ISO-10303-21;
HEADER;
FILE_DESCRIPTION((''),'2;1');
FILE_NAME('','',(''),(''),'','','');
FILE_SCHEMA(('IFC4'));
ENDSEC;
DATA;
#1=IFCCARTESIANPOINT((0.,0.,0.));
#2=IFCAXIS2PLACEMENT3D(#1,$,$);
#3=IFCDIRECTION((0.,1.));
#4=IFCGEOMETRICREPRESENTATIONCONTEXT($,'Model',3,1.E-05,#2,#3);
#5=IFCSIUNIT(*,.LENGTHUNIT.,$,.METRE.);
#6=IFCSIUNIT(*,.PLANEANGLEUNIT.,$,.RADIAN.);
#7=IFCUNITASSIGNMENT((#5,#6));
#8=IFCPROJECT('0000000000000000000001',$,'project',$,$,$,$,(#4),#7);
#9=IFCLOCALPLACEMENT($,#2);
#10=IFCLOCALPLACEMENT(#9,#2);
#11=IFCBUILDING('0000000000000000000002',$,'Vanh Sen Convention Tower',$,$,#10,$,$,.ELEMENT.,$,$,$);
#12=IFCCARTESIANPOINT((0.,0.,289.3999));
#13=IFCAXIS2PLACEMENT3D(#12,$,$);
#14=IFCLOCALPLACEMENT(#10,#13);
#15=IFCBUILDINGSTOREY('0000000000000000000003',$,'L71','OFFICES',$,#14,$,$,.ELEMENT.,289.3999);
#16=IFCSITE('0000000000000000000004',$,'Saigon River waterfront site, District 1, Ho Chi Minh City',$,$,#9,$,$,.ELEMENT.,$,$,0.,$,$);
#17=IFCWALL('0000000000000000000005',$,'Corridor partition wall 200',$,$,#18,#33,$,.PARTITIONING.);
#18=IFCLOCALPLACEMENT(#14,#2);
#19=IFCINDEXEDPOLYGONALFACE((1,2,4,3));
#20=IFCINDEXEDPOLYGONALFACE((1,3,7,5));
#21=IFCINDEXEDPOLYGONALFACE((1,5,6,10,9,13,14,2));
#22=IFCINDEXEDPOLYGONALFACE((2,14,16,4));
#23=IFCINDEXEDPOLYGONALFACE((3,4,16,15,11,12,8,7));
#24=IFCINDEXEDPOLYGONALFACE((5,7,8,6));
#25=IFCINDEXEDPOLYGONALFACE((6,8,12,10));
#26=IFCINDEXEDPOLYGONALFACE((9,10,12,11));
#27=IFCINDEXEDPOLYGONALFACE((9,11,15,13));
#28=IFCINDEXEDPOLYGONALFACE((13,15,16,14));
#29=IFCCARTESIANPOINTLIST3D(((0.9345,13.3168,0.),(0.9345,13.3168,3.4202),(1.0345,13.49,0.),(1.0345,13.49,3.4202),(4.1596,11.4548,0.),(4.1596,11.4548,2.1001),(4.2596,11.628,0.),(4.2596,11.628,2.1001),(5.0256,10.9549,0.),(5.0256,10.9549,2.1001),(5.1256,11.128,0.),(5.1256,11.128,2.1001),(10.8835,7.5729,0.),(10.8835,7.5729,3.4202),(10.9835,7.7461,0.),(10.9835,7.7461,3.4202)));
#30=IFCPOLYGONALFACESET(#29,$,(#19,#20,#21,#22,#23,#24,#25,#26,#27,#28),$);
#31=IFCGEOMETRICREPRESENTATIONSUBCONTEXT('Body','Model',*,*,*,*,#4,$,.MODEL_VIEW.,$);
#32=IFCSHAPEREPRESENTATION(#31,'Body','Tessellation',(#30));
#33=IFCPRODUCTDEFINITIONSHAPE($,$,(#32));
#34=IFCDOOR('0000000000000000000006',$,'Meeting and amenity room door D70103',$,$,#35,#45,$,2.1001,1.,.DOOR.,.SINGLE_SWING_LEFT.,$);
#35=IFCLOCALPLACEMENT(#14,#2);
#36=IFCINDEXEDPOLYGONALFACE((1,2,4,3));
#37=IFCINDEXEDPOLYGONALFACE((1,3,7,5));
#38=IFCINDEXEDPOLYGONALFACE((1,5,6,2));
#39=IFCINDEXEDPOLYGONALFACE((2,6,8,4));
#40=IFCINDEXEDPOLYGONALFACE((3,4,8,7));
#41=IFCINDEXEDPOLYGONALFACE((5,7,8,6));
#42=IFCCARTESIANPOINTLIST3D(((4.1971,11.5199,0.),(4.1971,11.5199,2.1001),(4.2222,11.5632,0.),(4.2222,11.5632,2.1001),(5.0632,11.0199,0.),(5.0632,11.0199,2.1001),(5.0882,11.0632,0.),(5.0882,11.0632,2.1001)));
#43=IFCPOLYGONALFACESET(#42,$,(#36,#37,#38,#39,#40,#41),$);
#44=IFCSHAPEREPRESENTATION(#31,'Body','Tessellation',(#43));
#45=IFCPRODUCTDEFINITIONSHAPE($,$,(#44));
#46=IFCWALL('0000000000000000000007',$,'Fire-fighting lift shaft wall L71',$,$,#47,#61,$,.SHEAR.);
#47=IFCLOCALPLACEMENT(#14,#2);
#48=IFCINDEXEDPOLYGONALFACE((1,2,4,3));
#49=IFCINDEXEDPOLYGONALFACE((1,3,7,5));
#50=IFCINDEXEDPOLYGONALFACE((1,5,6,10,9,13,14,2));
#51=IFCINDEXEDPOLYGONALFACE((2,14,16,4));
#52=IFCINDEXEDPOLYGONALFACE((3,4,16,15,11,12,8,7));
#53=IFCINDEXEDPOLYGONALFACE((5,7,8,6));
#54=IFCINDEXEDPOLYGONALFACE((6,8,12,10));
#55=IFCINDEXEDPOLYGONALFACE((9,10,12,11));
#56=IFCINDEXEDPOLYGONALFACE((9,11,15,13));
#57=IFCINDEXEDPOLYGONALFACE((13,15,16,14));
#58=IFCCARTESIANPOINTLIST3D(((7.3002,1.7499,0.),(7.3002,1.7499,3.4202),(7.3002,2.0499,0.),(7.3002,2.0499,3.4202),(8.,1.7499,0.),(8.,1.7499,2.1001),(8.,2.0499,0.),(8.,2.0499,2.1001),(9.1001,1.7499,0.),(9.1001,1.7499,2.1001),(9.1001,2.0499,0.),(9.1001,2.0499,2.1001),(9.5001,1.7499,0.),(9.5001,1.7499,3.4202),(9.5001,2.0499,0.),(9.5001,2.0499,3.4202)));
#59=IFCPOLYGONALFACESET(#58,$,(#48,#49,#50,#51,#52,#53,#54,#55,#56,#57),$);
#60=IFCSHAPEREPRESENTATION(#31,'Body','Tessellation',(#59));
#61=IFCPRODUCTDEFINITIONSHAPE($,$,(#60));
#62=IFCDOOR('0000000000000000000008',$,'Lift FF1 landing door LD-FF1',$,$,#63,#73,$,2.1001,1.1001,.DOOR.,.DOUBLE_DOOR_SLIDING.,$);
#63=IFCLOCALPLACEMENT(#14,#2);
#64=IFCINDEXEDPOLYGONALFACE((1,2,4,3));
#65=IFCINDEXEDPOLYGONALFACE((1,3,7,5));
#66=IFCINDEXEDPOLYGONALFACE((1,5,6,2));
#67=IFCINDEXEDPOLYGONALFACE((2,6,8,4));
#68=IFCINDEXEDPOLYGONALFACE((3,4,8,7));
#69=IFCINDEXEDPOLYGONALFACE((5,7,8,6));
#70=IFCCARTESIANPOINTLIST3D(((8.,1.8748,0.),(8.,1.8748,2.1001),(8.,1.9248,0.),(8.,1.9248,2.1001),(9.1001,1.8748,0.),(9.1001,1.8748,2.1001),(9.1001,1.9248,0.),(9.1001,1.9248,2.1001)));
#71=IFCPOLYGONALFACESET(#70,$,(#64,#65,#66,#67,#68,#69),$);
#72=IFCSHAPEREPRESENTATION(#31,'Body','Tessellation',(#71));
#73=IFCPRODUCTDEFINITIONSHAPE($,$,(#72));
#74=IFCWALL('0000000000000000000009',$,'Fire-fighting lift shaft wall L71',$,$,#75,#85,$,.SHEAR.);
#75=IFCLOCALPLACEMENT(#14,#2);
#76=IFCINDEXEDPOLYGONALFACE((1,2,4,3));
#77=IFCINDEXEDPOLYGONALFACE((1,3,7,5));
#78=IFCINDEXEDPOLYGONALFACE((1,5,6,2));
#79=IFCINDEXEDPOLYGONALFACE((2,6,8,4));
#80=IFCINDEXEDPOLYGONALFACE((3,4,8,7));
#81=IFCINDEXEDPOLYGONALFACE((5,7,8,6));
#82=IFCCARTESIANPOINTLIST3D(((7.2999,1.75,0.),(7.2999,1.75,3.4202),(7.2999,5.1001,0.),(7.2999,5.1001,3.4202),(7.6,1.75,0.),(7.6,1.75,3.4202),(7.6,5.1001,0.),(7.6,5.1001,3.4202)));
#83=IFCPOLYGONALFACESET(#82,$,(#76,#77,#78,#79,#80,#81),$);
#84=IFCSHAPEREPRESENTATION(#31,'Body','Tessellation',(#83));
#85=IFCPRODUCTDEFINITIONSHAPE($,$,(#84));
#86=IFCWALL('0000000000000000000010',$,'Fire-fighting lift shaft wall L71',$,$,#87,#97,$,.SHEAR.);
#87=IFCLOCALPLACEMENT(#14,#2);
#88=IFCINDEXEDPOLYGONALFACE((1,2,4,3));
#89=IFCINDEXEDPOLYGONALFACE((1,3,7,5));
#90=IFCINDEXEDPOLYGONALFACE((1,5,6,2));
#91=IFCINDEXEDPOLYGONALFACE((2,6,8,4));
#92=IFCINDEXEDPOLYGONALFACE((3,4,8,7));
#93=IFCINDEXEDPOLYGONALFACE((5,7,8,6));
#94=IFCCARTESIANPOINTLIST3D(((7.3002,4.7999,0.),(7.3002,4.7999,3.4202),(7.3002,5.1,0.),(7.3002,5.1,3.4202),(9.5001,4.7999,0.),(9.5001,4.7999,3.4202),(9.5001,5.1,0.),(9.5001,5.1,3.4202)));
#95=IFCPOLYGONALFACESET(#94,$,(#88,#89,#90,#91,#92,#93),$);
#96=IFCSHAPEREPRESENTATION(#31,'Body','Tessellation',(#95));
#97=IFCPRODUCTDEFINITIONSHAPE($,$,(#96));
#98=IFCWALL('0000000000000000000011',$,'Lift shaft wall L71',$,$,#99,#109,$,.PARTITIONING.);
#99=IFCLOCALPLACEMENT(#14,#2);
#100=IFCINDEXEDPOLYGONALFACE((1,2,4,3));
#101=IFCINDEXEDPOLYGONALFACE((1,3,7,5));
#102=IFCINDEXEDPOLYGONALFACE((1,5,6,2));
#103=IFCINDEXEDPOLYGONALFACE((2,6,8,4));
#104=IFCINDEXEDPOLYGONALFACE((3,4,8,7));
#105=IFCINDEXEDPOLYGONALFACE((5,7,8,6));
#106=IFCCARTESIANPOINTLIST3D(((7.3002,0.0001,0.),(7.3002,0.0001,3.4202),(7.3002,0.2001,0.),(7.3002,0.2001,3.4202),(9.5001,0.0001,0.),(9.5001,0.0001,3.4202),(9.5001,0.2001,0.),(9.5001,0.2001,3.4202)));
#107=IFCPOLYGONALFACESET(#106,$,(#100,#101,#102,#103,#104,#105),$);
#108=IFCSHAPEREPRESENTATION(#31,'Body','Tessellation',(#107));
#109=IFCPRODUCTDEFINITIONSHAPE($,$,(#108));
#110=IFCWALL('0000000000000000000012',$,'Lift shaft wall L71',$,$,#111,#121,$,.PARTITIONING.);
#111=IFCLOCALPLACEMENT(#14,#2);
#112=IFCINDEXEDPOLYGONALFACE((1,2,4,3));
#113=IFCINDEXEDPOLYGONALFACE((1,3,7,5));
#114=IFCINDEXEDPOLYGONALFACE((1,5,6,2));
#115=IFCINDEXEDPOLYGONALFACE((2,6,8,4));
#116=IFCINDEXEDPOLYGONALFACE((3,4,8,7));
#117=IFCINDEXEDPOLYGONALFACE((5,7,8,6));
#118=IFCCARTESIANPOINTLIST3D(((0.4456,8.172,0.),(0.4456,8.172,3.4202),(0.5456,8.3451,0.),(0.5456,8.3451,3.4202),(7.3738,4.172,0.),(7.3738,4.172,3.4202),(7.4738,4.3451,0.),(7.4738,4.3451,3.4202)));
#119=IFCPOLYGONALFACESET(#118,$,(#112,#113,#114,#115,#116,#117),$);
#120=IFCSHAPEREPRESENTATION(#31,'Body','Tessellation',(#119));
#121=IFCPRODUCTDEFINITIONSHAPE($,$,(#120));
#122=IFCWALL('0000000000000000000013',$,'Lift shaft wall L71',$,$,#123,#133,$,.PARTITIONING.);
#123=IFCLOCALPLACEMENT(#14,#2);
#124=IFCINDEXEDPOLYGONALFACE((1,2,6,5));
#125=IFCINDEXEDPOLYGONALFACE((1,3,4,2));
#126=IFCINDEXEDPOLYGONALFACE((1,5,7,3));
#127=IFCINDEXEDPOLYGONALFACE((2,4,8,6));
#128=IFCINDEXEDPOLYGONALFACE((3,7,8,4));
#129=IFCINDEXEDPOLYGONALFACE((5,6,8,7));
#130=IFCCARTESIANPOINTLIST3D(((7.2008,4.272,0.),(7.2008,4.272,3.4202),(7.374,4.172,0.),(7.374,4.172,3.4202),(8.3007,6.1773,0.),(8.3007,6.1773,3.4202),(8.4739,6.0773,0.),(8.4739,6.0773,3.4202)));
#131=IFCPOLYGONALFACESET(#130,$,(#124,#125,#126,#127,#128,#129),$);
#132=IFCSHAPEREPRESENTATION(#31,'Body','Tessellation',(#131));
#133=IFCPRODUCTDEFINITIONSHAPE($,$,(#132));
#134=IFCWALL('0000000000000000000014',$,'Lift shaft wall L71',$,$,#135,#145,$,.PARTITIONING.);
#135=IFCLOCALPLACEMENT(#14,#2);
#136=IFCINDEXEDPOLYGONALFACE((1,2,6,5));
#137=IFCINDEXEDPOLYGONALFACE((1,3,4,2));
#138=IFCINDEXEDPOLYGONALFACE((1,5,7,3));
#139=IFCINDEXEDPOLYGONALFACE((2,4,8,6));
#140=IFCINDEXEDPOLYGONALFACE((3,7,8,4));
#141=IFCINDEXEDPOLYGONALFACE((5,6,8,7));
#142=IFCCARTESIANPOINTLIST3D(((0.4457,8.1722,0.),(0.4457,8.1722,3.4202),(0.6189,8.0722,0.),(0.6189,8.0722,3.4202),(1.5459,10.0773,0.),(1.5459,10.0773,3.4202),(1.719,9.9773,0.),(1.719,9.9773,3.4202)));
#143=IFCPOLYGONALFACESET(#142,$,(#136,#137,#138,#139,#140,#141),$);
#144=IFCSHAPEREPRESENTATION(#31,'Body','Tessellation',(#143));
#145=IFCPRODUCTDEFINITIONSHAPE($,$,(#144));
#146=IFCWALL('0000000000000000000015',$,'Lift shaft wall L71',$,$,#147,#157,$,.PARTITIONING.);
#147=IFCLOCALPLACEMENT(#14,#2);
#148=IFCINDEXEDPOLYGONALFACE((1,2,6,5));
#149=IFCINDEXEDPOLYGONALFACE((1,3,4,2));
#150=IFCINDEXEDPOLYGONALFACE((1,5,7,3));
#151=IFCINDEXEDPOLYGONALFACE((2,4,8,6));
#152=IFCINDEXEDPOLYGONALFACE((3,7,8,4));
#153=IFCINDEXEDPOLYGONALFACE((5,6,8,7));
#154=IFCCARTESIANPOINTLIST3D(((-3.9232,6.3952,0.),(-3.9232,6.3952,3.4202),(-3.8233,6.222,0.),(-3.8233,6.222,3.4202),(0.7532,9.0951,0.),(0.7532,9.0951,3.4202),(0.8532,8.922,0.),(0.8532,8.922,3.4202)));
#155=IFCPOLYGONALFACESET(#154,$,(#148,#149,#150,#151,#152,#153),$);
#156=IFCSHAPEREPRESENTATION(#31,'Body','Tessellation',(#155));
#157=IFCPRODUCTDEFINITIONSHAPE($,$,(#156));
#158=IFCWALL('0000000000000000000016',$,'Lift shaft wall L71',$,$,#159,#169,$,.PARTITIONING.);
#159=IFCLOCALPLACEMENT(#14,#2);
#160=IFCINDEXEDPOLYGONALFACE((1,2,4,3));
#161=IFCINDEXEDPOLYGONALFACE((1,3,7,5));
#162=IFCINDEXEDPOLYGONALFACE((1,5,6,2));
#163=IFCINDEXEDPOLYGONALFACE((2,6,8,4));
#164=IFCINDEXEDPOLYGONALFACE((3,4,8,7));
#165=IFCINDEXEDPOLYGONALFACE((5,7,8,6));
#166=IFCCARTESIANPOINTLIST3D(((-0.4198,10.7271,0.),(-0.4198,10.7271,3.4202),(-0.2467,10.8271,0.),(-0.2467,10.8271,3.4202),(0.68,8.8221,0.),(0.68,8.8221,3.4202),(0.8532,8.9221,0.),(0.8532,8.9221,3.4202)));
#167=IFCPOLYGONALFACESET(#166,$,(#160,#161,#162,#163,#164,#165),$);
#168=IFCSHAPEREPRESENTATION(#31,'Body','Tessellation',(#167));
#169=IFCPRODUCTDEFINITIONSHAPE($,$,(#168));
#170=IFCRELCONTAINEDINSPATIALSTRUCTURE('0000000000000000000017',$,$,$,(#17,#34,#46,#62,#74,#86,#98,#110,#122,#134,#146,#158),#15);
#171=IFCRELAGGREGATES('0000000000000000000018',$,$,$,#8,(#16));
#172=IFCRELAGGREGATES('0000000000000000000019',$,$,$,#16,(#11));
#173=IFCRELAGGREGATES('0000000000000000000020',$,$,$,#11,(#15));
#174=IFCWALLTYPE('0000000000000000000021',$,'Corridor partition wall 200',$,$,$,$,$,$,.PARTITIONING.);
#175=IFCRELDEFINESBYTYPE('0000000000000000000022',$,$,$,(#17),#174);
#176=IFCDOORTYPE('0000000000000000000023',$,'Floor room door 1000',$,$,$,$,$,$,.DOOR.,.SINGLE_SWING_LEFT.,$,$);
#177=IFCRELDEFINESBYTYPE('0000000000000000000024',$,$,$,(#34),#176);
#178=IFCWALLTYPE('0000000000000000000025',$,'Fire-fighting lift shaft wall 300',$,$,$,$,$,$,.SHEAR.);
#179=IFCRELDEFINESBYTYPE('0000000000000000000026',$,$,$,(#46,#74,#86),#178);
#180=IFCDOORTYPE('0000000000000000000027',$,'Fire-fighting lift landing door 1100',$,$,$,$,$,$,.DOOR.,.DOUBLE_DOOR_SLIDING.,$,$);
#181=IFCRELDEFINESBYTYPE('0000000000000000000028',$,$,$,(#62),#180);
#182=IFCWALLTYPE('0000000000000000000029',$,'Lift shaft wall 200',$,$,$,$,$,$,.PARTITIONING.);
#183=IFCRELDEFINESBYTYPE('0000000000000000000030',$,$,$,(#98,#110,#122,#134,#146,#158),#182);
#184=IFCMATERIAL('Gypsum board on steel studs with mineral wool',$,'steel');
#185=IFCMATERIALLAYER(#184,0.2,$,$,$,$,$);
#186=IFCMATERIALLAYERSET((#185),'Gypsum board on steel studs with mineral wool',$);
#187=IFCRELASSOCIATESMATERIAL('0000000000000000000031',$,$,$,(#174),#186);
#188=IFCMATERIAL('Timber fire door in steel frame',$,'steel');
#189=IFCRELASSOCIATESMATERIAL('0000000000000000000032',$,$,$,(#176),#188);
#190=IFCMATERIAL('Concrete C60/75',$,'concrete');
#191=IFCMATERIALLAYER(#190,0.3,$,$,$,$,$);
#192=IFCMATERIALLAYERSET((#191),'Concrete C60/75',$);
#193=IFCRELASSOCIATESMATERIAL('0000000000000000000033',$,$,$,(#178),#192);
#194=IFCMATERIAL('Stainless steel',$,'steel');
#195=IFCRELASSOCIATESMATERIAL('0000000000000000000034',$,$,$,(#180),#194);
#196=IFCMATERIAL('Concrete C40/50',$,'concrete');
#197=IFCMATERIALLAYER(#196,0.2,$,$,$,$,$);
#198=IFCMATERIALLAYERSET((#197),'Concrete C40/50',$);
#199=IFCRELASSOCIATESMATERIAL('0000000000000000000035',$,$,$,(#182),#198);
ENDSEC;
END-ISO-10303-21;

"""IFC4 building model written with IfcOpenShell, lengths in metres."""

from ifc_helpers import new_model, si_unit, direction, frame, frame_2d, origin, place, context, subcontext, project, spatial, rectangle, extrude, material, layer, layer_set, type_object, element, fill, save


model = new_model("IFC4")

# Units and contexts
model_context = context("Model", 3, precision=1e-05, world=origin(), true_north=direction((0.0, 1.0)))
body_context = subcontext(model_context, "Body", "Model", "MODEL_VIEW")
ifc_project = project(units=[si_unit("LENGTHUNIT", "METRE"), si_unit("PLANEANGLEUNIT", "RADIAN")], contexts=[model_context])

# Site, building, storey
site_placement = place(None, origin())
site = spatial("IfcSite", under=ifc_project, at=site_placement, Name="Saigon River waterfront site, District 1, Ho Chi Minh City", CompositionType="ELEMENT", RefElevation=0.0)
building_placement = place(site_placement, origin())
building = spatial("IfcBuilding", under=site, at=building_placement, Name="Vanh Sen Convention Tower", CompositionType="ELEMENT")
storey_placement = place(building_placement, frame((0.0, 0.0, 289.3999)))
storey = spatial("IfcBuildingStorey", under=building, at=storey_placement, Name="L71", Description="OFFICES", CompositionType="ELEMENT", Elevation=289.3999)

# Shared definitions
ifc_material_1 = material(Name="Concrete C40/50", Category="concrete")

# Walls, openings, doors
ifc_material_2 = material(Name="Concrete C60/75", Category="concrete")
ifc_material_3 = material(Name="Gypsum board on steel studs with mineral wool", Category="steel")
ifc_layer_1 = layer(ifc_material_3, 0.2)
ifc_layer_set_1 = layer_set([ifc_layer_1], Name="Gypsum board on steel studs with mineral wool")
wall_type_1 = type_object("IfcWallType", Name="Corridor partition wall 200", PredefinedType="PARTITIONING", material=ifc_layer_set_1)
wall_1_placement = place(storey_placement, frame((10.9336, 7.6594, 0.0), z_axis=(0.0, 0.0, 1.0), x_axis=(-0.866031, 0.49999, 0.0)))
wall_1 = element("IfcWall", 1, at=wall_1_placement, inside=storey, type_object=wall_type_1, Name="Corridor partition wall 200", PredefinedType="PARTITIONING", context=body_context, shape_type="SweptSolid", body=[
    extrude(rectangle(XDim=11.488, YDim=0.2, at=frame_2d((5.7441, 0.0))), origin(), (0.0, 0.0, 1.0), 3.4202),
])
opening_1_placement = place(wall_1_placement, frame((6.7642, 0.0, 0.0)))
opening_1 = element("IfcOpeningElement", 2, at=opening_1_placement, cuts=wall_1, PredefinedType="OPENING", context=body_context, shape_type="SweptSolid", body=[
    extrude(rectangle(XDim=1.0, YDim=2.1001, at=frame_2d((0.5, 1.05))), frame((0.0, 0.1099, 0.0), z_axis=(0.0, -1.0, 0.0), x_axis=(1.0, 0.0, 0.0)), (0.0, 0.0, 1.0), 0.22),
])
ifc_material_4 = material(Name="Timber fire door in steel frame", Category="steel")
door_type_1 = type_object("IfcDoorType", Name="Floor room door 1000", OperationType="SINGLE_SWING_LEFT", PredefinedType="DOOR", material=ifc_material_4)
door_1_placement = place(opening_1_placement, origin())
door_1 = element("IfcDoor", 3, at=door_1_placement, inside=storey, type_object=door_type_1, Name="Meeting and amenity room door D70103", OperationType="SINGLE_SWING_LEFT", OverallHeight=2.1001, OverallWidth=1.0, PredefinedType="DOOR", context=body_context, shape_type="SweptSolid", body=[
    extrude(rectangle(XDim=1.0, YDim=2.1001, at=frame_2d((0.5, 1.05))), frame((0.0, 0.0249, 0.0), z_axis=(0.0, -1.0, 0.0), x_axis=(1.0, 0.0, 0.0)), (0.0, 0.0, 1.0), 0.05),
])
fill(opening_1, door_1)
ifc_layer_2 = layer(ifc_material_2, 0.3)
ifc_layer_set_2 = layer_set([ifc_layer_2], Name="Concrete C60/75")
wall_type_2 = type_object("IfcWallType", Name="Fire-fighting lift shaft wall 300", PredefinedType="SHEAR", material=ifc_layer_set_2)
wall_2_placement = place(storey_placement, frame((7.3, 1.8999, 0.0), z_axis=(0.0, 0.0, 1.0), x_axis=(1.0, 0.0, 0.0)))
wall_2 = element("IfcWall", 4, at=wall_2_placement, inside=storey, type_object=wall_type_2, Name="Fire-fighting lift shaft wall L71", PredefinedType="SHEAR", context=body_context, shape_type="SweptSolid", body=[
    extrude(rectangle(XDim=2.2, YDim=0.3, at=frame_2d((1.1001, 0.0))), origin(), (0.0, 0.0, 1.0), 3.4202),
])
opening_2_placement = place(wall_2_placement, frame((0.7, 0.0, 0.0)))
opening_2 = element("IfcOpeningElement", 5, at=opening_2_placement, cuts=wall_2, PredefinedType="OPENING", context=body_context, shape_type="SweptSolid", body=[
    extrude(rectangle(XDim=1.1001, YDim=2.1001, at=frame_2d((0.55, 1.05))), frame((0.0, 0.1599, 0.0), z_axis=(0.0, -1.0, 0.0), x_axis=(1.0, 0.0, 0.0)), (0.0, 0.0, 1.0), 0.3201),
])
ifc_material_5 = material(Name="Stainless steel", Category="steel")
door_type_2 = type_object("IfcDoorType", Name="Fire-fighting lift landing door 1100", OperationType="DOUBLE_DOOR_SLIDING", PredefinedType="DOOR", material=ifc_material_5)
door_2_placement = place(opening_2_placement, origin())
door_2 = element("IfcDoor", 6, at=door_2_placement, inside=storey, type_object=door_type_2, Name="Lift FF1 landing door LD-FF1", OperationType="DOUBLE_DOOR_SLIDING", OverallHeight=2.1001, OverallWidth=1.1001, PredefinedType="DOOR", context=body_context, shape_type="SweptSolid", body=[
    extrude(rectangle(XDim=1.1001, YDim=2.1001, at=frame_2d((0.55, 1.05))), frame((0.0, 0.0249, 0.0), z_axis=(0.0, -1.0, 0.0), x_axis=(1.0, 0.0, 0.0)), (0.0, 0.0, 1.0), 0.05),
])
fill(opening_2, door_2)

# Walls
wall_3_placement = place(storey_placement, frame((7.45, 1.75, 0.0), z_axis=(0.0, 0.0, 1.0), x_axis=(0.0, 1.0, 0.0)))
element("IfcWall", 7, at=wall_3_placement, inside=storey, type_object=wall_type_2, Name="Fire-fighting lift shaft wall L71", PredefinedType="SHEAR", context=body_context, shape_type="SweptSolid", body=[
    extrude(rectangle(XDim=3.3501, YDim=0.3, at=frame_2d((1.675, 0.0))), origin(), (0.0, 0.0, 1.0), 3.4202),
])
wall_4_placement = place(storey_placement, frame((7.3, 4.95, 0.0), z_axis=(0.0, 0.0, 1.0), x_axis=(1.0, 0.0, 0.0)))
element("IfcWall", 8, at=wall_4_placement, inside=storey, type_object=wall_type_2, Name="Fire-fighting lift shaft wall L71", PredefinedType="SHEAR", context=body_context, shape_type="SweptSolid", body=[
    extrude(rectangle(XDim=2.2, YDim=0.3, at=frame_2d((1.1001, 0.0))), origin(), (0.0, 0.0, 1.0), 3.4202),
])
ifc_layer_3 = layer(ifc_material_1, 0.2)
ifc_layer_set_3 = layer_set([ifc_layer_3], Name="Concrete C40/50")
wall_type_3 = type_object("IfcWallType", Name="Lift shaft wall 200", PredefinedType="PARTITIONING", material=ifc_layer_set_3)
wall_5_placement = place(storey_placement, frame((7.3, 0.1001, 0.0), z_axis=(0.0, 0.0, 1.0), x_axis=(1.0, 0.0, 0.0)))
element("IfcWall", 9, at=wall_5_placement, inside=storey, type_object=wall_type_3, Name="Lift shaft wall L71", PredefinedType="PARTITIONING", context=body_context, shape_type="SweptSolid", body=[
    extrude(rectangle(XDim=2.2, YDim=0.2, at=frame_2d((1.1001, 0.0))), origin(), (0.0, 0.0, 1.0), 3.4202),
])
wall_6_placement = place(storey_placement, frame((7.4238, 4.2585, 0.0), z_axis=(0.0, 0.0, 1.0), x_axis=(-0.866026, 0.499999, 0.0)))
element("IfcWall", 10, at=wall_6_placement, inside=storey, type_object=wall_type_3, Name="Lift shaft wall L71", PredefinedType="PARTITIONING", context=body_context, shape_type="SweptSolid", body=[
    extrude(rectangle(XDim=8.0, YDim=0.2, at=frame_2d((4.0, 0.0))), origin(), (0.0, 0.0, 1.0), 3.4202),
])
for number, where, z_axis, x_axis, name in (
    (11, (7.2874, 4.2219, 0.0), (0.0, 0.0, 1.0), (0.499947, 0.866056, 0.0), "Lift shaft wall L71"),
    (12, (0.5322, 8.1221, 0.0), (0.0, 0.0, 1.0), (0.500078, 0.86598, 0.0), "Lift shaft wall L71"),
):
    element("IfcWall", number, at=place(storey_placement, frame(where, z_axis=z_axis, x_axis=x_axis)), inside=storey, type_object=wall_type_3, Name=name, PredefinedType="PARTITIONING", context=body_context, shape_type="SweptSolid", body=[
        extrude(rectangle(XDim=2.2, YDim=0.2, at=frame_2d((1.1001, 0.0))), origin(), (0.0, 0.0, 1.0), 3.4202),
    ])
wall_7_placement = place(storey_placement, frame((0.8032, 9.0085, 0.0), z_axis=(0.0, 0.0, 1.0), x_axis=(-0.866028, -0.499995, 0.0)))
element("IfcWall", 13, at=wall_7_placement, inside=storey, type_object=wall_type_3, Name="Lift shaft wall L71", PredefinedType="PARTITIONING", context=body_context, shape_type="SweptSolid", body=[
    extrude(rectangle(XDim=5.3999, YDim=0.2, at=frame_2d((2.7, 0.0))), origin(), (0.0, 0.0, 1.0), 3.4202),
])
wall_8_placement = place(storey_placement, frame((0.7666, 8.8721, 0.0), z_axis=(0.0, 0.0, 1.0), x_axis=(-0.499995, 0.866028, 0.0)))
element("IfcWall", 14, at=wall_8_placement, inside=storey, type_object=wall_type_3, Name="Lift shaft wall L71", PredefinedType="PARTITIONING", context=body_context, shape_type="SweptSolid", body=[
    extrude(rectangle(XDim=2.1997, YDim=0.2, at=frame_2d((1.0999, 0.0))), origin(), (0.0, 0.0, 1.0), 3.4202),
])

save(model, "model.ifc")
